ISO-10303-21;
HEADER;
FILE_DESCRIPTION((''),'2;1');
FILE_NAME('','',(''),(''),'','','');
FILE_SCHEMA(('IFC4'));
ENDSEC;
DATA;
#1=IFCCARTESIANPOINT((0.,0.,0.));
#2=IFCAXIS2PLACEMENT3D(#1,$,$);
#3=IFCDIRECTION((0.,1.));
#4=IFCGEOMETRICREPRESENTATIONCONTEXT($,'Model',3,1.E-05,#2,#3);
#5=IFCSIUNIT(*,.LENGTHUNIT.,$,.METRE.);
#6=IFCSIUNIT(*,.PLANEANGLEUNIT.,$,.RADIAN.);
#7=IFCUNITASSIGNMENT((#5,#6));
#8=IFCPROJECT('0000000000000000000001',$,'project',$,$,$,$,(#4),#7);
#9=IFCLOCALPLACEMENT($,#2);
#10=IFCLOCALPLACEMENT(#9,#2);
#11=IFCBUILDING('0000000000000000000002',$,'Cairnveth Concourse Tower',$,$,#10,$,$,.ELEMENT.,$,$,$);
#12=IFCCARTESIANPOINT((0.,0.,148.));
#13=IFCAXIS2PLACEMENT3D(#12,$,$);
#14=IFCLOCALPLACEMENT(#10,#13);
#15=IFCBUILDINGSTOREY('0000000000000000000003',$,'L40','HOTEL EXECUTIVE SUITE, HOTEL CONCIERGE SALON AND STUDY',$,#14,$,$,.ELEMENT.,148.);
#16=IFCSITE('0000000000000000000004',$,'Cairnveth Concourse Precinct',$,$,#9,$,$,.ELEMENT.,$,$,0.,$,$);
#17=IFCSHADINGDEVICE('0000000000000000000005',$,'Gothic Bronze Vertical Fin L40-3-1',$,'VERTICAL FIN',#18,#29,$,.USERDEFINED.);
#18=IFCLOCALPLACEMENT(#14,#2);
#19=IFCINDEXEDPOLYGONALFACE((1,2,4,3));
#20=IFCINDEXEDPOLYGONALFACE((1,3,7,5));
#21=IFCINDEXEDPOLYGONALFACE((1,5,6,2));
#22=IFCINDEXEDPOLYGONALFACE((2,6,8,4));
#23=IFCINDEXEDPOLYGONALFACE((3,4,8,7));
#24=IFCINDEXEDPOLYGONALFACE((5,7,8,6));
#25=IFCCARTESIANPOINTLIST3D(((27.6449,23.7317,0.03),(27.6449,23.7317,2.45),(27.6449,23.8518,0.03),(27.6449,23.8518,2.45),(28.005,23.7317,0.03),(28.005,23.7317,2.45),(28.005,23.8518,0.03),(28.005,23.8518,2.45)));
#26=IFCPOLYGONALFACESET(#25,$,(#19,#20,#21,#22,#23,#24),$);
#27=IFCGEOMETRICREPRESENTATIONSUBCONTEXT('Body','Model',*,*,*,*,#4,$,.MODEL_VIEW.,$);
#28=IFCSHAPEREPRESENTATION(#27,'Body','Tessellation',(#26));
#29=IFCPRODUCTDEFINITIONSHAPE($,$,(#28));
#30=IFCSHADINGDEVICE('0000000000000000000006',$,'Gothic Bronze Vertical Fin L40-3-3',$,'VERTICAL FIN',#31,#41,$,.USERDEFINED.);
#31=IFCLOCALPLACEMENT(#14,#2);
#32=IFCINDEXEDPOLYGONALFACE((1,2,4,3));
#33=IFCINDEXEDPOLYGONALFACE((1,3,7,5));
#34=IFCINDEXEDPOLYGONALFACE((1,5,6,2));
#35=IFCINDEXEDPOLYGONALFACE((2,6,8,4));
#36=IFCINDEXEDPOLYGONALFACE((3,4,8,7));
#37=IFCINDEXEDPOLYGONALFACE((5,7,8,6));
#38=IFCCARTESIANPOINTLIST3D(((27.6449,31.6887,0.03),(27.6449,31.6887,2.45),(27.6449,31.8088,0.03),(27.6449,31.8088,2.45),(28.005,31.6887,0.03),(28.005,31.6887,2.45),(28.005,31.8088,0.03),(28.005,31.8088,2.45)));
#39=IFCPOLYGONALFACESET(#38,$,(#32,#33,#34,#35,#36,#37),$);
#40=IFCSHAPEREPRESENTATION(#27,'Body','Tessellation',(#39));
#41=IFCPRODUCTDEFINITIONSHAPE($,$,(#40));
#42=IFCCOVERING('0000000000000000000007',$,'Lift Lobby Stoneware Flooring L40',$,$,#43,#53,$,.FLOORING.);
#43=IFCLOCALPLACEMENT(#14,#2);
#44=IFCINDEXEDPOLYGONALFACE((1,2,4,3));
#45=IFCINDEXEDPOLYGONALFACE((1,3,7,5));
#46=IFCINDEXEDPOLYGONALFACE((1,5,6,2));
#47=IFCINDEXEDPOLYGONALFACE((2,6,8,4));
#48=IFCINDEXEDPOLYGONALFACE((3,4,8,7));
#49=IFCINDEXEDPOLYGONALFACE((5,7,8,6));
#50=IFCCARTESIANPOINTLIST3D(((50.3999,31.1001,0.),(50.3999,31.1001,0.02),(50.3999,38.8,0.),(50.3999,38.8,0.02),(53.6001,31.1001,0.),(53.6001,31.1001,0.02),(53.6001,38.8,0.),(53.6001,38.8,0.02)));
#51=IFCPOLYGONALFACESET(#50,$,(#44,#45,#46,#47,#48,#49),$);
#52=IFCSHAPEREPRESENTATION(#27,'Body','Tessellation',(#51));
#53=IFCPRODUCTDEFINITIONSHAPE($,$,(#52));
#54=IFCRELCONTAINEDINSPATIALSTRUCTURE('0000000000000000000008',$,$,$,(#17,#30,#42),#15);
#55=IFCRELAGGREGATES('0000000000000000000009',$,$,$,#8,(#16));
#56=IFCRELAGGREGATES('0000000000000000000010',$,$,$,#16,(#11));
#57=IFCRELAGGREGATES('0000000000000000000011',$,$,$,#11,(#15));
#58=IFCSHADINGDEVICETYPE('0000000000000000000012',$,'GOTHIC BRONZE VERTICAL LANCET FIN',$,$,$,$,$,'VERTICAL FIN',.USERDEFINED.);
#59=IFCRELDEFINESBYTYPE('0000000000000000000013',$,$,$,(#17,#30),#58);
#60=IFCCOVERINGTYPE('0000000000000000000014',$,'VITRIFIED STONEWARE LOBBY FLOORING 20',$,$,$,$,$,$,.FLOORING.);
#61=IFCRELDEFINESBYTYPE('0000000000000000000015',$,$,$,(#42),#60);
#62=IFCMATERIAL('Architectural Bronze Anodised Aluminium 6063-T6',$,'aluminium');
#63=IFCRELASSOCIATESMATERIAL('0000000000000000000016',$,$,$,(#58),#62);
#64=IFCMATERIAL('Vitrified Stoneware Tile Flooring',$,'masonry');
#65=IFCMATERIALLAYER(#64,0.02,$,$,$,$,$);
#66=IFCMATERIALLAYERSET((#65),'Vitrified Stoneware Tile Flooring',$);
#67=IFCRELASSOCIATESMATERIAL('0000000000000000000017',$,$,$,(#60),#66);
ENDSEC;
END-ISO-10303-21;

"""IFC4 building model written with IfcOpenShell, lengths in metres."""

from ifc_helpers import new_model, si_unit, direction, frame, origin, origin_2d, place, context, subcontext, project, spatial, polyline, rectangle, outline, extrude, material, layer, layer_set, type_object, element, save


model = new_model("IFC4")

# Units and contexts
model_context = context("Model", 3, precision=1e-05, world=origin(), true_north=direction((0.0, 1.0)))
body_context = subcontext(model_context, "Body", "Model", "MODEL_VIEW")
ifc_project = project(units=[si_unit("LENGTHUNIT", "METRE"), si_unit("PLANEANGLEUNIT", "RADIAN")], contexts=[model_context])

# Site, building, storey
site_placement = place(None, origin())
site = spatial("IfcSite", under=ifc_project, at=site_placement, Name="Cairnveth Concourse Precinct", CompositionType="ELEMENT", RefElevation=0.0)
building_placement = place(site_placement, origin())
building = spatial("IfcBuilding", under=site, at=building_placement, Name="Cairnveth Concourse Tower", CompositionType="ELEMENT")
storey_placement = place(building_placement, frame((0.0, 0.0, 148.0)))
storey = spatial("IfcBuildingStorey", under=building, at=storey_placement, Name="L40", Description="HOTEL EXECUTIVE SUITE, HOTEL CONCIERGE SALON AND STUDY", CompositionType="ELEMENT", Elevation=148.0)

# Shading devices
ifc_material_1 = material(Name="Architectural Bronze Anodised Aluminium 6063-T6", Category="aluminium")
shading_device_type = type_object("IfcShadingDeviceType", Name="GOTHIC BRONZE VERTICAL LANCET FIN", ElementType="VERTICAL FIN", PredefinedType="USERDEFINED", material=ifc_material_1)
for number, where, z_axis, x_axis, name in (
    (1, (27.825, 23.7917, 0.03), (0.0, 0.0, 1.0), (0.0, 1.0, 0.0), "Gothic Bronze Vertical Fin L40-3-1"),
    (2, (27.825, 31.7488, 0.03), (0.0, 0.0, 1.0), (0.0, 1.0, 0.0), "Gothic Bronze Vertical Fin L40-3-3"),
):
    element("IfcShadingDevice", number, at=place(storey_placement, frame(where, z_axis=z_axis, x_axis=x_axis)), inside=storey, type_object=shading_device_type, Name=name, ObjectType="VERTICAL FIN", PredefinedType="USERDEFINED", context=body_context, shape_type="SweptSolid", body=[
        extrude(rectangle(XDim=0.1201, YDim=0.3601, at=origin_2d()), origin(), (0.0, 0.0, 1.0), 2.4199),
    ])

# Covering
ifc_material_2 = material(Name="Vitrified Stoneware Tile Flooring", Category="masonry")
ifc_layer_1 = layer(ifc_material_2, 0.02)
ifc_layer_set_1 = layer_set([ifc_layer_1], Name="Vitrified Stoneware Tile Flooring")
covering_type_1 = type_object("IfcCoveringType", Name="VITRIFIED STONEWARE LOBBY FLOORING 20", PredefinedType="FLOORING", material=ifc_layer_set_1)
covering_1_placement = place(storey_placement, origin())
element("IfcCovering", 3, at=covering_1_placement, inside=storey, type_object=covering_type_1, Name="Lift Lobby Stoneware Flooring L40", PredefinedType="FLOORING", context=body_context, shape_type="SweptSolid", body=[
    extrude(outline(polyline([(50.3999, 31.1001), (53.6001, 31.1001), (53.6001, 38.8), (50.3999, 38.8), (50.3999, 31.1001)])), origin(), (0.0, 0.0, 1.0), 0.02),
])

save(model, "model.ifc")
